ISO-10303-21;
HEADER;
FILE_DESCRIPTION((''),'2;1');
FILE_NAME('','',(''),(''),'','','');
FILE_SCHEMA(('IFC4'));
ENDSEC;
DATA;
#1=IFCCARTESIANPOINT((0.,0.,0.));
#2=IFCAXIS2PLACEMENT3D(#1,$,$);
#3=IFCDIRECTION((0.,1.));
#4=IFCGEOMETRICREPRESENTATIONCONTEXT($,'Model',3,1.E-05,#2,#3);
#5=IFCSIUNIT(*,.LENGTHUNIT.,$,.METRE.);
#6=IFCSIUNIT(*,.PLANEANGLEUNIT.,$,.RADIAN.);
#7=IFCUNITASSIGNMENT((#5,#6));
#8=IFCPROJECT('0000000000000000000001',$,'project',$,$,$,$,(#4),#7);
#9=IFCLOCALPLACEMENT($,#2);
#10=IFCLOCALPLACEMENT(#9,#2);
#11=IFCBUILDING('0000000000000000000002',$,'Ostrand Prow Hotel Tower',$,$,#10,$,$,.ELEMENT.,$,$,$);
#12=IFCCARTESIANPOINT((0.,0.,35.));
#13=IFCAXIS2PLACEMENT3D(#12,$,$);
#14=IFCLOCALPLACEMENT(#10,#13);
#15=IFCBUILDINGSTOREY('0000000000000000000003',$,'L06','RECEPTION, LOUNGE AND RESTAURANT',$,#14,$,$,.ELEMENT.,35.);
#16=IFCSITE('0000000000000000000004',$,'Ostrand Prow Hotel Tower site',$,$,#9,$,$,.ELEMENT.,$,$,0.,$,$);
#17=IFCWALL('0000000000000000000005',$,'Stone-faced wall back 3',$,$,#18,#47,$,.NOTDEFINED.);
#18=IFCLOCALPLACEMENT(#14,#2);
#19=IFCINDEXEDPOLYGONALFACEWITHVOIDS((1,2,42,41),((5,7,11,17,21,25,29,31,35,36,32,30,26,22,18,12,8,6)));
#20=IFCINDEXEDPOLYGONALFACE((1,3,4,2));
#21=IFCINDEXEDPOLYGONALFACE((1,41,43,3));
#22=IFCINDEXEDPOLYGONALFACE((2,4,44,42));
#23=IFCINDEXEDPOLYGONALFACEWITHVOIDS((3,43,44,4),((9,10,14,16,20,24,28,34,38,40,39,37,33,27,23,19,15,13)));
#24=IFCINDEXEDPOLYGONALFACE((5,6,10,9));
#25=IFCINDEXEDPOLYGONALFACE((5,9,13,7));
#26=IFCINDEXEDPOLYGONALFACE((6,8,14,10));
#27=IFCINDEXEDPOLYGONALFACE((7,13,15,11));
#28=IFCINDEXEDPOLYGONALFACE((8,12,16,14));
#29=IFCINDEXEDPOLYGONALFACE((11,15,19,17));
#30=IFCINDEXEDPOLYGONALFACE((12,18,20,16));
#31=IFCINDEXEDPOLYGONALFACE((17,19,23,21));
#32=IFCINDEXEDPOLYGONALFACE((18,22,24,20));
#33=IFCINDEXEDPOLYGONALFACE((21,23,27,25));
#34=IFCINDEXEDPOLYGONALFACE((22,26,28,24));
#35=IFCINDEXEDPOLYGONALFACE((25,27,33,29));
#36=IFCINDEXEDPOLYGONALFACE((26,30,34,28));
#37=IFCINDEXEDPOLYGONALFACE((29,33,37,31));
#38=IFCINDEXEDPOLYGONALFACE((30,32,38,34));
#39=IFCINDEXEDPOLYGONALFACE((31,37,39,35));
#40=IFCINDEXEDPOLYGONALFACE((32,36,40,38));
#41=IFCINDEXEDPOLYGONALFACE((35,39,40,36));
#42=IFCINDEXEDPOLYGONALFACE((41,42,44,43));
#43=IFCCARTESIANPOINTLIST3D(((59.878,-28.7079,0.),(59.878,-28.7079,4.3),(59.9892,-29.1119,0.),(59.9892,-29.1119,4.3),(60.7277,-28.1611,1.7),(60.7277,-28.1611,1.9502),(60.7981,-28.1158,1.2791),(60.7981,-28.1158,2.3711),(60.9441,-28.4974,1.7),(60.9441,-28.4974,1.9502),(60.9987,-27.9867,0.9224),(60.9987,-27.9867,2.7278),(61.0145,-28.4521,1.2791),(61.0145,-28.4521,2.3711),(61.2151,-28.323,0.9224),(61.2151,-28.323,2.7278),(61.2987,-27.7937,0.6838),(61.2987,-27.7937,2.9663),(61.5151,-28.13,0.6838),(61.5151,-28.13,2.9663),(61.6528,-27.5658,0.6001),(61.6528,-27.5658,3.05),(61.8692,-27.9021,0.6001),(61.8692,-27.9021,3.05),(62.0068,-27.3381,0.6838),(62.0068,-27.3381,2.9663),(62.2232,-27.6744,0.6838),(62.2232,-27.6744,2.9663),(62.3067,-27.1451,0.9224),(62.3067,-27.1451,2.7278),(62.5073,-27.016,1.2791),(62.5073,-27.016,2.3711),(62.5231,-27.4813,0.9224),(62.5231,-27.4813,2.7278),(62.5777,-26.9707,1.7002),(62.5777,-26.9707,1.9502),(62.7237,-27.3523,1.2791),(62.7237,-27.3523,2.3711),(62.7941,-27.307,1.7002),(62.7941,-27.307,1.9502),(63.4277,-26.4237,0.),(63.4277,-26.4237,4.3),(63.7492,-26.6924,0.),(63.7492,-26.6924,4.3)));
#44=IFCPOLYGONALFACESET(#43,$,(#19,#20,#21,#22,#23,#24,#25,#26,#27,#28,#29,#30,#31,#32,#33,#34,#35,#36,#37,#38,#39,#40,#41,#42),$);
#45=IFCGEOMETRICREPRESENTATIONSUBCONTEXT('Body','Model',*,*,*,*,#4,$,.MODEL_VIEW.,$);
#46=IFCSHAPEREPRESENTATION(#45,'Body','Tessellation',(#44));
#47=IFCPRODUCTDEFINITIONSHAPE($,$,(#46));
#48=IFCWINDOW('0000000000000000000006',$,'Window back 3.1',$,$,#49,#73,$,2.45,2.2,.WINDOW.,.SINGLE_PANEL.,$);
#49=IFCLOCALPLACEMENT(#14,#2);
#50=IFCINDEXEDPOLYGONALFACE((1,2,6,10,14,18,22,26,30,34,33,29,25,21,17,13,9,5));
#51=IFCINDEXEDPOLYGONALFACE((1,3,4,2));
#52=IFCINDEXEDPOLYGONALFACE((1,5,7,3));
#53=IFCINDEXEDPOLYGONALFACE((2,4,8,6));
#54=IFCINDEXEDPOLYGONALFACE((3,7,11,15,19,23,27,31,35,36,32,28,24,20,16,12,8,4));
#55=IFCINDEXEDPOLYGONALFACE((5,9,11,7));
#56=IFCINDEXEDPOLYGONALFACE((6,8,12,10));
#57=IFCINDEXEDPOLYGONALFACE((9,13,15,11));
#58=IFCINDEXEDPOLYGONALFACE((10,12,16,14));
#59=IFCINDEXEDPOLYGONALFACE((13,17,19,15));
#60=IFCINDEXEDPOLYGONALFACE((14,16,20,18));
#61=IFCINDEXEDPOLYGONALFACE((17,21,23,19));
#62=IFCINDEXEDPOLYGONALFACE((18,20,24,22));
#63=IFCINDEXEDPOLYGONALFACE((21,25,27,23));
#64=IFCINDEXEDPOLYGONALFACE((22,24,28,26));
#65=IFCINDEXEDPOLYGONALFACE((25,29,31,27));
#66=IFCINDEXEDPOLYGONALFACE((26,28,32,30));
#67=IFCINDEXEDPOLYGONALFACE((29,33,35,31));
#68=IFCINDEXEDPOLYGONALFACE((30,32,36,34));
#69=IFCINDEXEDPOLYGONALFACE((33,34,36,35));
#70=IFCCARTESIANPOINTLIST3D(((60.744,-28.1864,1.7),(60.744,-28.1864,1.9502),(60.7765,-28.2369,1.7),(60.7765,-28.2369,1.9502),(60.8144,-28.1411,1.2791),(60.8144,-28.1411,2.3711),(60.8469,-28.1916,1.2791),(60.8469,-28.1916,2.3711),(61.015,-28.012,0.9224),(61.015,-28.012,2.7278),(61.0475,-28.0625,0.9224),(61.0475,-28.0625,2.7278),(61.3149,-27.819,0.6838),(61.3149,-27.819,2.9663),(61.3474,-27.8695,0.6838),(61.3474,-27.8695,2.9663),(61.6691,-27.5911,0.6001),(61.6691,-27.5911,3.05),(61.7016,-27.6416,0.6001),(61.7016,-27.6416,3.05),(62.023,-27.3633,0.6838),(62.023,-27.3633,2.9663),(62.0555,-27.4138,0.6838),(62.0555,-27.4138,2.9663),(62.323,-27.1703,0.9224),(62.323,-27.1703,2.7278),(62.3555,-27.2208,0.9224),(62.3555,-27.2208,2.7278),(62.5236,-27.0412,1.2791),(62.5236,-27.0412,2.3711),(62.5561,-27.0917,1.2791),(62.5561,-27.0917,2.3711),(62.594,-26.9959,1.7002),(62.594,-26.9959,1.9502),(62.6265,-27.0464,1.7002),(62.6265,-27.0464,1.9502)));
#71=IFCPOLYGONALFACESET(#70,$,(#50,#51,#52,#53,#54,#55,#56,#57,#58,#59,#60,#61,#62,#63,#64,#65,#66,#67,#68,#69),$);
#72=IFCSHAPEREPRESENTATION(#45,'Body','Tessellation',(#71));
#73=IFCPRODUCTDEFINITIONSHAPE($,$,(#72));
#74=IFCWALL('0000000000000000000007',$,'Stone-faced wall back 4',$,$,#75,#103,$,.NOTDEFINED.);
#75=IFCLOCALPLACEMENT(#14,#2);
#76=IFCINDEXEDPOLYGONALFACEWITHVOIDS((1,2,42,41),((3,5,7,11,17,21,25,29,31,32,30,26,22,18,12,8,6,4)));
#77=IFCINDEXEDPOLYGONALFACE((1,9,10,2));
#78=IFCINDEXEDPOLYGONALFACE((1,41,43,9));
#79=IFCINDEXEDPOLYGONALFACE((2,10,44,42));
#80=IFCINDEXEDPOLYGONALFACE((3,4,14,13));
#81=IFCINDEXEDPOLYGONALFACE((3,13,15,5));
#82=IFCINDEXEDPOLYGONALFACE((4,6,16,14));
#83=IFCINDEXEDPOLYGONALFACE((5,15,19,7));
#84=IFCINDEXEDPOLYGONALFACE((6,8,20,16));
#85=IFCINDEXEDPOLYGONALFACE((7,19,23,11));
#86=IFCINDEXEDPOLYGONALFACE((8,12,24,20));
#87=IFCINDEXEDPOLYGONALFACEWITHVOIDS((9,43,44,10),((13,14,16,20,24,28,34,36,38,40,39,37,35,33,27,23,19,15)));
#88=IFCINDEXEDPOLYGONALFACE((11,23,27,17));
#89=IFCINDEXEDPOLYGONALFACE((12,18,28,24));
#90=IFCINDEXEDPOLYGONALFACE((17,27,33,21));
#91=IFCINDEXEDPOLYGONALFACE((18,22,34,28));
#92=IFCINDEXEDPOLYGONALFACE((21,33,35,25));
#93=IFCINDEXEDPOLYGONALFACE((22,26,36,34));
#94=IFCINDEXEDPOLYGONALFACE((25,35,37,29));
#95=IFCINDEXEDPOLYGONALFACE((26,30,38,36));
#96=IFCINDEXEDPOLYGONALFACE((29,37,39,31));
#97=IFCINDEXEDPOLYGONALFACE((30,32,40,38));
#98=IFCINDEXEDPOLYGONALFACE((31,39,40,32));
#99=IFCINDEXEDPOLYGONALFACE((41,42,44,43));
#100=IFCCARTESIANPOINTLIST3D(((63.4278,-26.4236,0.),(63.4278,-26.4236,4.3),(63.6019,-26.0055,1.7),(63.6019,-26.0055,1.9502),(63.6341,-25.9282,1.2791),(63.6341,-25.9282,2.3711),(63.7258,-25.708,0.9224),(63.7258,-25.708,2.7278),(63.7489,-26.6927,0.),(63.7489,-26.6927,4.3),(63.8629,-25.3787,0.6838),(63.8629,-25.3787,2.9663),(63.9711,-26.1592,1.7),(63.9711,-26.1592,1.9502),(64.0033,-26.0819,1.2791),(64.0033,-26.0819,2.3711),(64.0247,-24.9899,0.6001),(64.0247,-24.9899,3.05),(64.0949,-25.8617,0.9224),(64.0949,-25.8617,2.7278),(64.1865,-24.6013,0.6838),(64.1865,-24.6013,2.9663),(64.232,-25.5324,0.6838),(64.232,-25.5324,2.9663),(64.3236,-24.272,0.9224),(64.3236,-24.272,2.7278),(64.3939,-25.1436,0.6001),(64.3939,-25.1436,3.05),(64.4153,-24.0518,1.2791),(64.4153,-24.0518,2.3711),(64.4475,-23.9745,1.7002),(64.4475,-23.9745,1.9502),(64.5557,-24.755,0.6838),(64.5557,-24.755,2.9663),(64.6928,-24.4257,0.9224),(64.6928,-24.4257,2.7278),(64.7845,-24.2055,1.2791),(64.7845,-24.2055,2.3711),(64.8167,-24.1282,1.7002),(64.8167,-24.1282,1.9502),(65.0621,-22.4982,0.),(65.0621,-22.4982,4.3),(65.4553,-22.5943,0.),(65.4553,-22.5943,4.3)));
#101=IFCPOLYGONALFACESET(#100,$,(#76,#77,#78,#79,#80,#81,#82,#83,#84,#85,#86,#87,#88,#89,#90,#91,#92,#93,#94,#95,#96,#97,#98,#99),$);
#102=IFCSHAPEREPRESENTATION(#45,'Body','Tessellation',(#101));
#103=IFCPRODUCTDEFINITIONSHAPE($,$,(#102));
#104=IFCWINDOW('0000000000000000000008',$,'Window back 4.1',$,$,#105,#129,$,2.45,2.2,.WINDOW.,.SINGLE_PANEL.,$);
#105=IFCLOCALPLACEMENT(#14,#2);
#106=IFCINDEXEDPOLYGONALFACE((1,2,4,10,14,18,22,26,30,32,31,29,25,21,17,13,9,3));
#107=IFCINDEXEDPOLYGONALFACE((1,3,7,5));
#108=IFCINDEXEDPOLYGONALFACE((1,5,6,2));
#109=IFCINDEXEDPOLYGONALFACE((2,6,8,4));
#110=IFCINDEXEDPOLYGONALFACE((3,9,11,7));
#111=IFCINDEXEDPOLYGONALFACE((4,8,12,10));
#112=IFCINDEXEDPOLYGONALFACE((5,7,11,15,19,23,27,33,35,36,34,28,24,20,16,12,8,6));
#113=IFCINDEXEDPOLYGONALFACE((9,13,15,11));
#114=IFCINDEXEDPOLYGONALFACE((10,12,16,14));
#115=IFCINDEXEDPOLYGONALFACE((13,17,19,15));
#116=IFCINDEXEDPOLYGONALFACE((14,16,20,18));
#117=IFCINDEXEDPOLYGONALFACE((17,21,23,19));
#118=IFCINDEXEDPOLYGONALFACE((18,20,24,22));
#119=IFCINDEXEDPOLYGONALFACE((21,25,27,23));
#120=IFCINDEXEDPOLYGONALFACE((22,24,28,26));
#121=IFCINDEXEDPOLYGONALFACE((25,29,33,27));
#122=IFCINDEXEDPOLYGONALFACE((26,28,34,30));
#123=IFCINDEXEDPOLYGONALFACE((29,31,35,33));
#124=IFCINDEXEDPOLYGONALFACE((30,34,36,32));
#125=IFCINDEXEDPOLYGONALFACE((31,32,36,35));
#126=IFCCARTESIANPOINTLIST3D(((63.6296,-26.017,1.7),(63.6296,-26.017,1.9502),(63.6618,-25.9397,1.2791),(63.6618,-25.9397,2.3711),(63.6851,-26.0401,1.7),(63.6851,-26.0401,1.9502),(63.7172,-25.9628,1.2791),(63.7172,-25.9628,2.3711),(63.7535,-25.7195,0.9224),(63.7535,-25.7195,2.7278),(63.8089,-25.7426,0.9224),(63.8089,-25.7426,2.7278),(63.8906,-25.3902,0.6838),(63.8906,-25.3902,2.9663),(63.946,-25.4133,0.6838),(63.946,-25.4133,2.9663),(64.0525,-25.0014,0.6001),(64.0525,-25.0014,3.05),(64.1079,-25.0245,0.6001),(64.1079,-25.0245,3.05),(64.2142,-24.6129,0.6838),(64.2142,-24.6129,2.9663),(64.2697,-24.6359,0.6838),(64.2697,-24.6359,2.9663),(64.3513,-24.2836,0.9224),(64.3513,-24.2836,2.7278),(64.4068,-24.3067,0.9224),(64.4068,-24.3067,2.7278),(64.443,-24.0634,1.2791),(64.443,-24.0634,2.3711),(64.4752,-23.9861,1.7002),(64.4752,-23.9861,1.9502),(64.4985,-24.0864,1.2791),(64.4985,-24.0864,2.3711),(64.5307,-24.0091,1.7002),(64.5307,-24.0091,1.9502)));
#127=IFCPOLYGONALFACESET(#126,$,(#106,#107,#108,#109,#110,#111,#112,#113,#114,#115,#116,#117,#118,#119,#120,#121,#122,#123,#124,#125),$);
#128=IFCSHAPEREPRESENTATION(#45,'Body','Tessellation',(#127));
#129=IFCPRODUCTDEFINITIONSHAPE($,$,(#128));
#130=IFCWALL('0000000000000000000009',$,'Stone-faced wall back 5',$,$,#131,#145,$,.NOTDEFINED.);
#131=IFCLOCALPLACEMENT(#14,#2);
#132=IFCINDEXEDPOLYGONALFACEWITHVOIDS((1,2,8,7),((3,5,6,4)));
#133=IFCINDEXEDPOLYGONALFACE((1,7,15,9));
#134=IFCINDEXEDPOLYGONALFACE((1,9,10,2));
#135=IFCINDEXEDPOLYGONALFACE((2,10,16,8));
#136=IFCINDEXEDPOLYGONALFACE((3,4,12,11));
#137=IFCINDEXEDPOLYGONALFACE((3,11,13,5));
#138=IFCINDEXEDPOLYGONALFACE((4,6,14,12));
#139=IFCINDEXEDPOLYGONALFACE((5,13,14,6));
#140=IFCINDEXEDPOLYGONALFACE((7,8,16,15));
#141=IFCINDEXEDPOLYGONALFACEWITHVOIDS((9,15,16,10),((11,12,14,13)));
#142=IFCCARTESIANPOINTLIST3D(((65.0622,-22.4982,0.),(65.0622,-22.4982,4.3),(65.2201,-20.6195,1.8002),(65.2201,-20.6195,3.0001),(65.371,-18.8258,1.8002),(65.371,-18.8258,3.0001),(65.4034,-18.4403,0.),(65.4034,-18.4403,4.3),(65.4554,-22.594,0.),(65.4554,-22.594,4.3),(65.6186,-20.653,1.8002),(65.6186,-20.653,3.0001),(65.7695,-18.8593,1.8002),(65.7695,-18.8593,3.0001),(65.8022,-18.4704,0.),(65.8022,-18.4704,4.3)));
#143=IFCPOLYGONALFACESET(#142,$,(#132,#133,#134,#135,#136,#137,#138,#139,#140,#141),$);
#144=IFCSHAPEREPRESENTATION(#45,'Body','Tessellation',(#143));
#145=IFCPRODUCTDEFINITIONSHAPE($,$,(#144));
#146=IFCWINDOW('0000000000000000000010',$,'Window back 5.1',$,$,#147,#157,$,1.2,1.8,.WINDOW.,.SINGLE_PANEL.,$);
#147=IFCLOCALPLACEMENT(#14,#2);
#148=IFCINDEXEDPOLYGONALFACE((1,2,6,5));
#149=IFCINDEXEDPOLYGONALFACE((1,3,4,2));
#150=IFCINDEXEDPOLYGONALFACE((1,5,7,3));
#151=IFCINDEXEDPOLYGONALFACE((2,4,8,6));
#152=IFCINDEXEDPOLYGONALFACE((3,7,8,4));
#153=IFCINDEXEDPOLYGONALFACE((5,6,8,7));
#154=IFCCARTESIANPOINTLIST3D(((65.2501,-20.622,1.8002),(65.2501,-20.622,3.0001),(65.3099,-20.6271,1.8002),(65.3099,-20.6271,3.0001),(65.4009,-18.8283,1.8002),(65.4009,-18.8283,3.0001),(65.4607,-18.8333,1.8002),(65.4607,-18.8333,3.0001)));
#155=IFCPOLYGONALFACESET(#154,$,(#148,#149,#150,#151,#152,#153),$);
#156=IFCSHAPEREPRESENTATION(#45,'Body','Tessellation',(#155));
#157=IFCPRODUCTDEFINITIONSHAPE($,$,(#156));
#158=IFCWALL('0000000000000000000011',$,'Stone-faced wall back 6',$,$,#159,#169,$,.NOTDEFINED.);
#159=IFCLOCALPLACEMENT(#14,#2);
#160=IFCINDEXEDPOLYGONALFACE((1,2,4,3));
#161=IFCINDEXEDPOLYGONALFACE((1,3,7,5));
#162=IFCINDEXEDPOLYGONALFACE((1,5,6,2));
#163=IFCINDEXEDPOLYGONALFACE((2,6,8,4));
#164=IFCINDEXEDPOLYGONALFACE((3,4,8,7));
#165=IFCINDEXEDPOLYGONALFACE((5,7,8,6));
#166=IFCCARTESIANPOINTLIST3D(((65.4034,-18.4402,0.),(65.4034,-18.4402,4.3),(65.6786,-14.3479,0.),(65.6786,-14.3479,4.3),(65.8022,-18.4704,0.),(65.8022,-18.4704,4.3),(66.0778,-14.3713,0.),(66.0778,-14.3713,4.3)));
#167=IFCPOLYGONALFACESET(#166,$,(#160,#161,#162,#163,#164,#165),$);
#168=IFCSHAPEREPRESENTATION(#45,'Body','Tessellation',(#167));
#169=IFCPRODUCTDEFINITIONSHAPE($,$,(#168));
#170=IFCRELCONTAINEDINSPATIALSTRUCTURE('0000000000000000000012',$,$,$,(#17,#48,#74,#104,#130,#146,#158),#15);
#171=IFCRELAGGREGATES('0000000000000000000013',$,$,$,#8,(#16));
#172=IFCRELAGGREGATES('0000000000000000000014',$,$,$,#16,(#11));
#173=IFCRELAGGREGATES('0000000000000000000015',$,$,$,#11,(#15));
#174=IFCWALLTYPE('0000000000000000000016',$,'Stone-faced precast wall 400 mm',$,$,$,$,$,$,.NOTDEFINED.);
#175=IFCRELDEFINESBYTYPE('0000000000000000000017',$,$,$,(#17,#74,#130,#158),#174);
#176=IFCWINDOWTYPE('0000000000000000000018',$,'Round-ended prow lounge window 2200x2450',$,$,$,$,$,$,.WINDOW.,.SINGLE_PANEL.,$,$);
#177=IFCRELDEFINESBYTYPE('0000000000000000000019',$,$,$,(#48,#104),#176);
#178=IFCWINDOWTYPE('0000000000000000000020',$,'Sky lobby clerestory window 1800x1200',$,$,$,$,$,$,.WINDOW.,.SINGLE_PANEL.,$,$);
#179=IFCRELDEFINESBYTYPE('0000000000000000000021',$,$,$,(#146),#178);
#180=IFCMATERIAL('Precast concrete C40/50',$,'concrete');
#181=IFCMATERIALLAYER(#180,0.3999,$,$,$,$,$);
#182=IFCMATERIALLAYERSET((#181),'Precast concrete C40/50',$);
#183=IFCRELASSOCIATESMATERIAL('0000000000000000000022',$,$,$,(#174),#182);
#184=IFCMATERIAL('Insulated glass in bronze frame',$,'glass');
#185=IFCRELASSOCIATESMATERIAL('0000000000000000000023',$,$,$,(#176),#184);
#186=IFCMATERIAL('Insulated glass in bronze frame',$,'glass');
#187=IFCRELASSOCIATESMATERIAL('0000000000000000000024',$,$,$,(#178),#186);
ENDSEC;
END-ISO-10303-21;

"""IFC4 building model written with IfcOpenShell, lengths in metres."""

from ifc_helpers import new_model, si_unit, direction, frame, frame_2d, origin, place, context, subcontext, project, spatial, polyline, rectangle, outline, extrude, material, layer, layer_set, type_object, element, fill, save


model = new_model("IFC4")

# Units and contexts
model_context = context("Model", 3, precision=1e-05, world=origin(), true_north=direction((0.0, 1.0)))
body_context = subcontext(model_context, "Body", "Model", "MODEL_VIEW")
ifc_project = project(units=[si_unit("LENGTHUNIT", "METRE"), si_unit("PLANEANGLEUNIT", "RADIAN")], contexts=[model_context])

# Site, building, storey
site_placement = place(None, origin())
site = spatial("IfcSite", under=ifc_project, at=site_placement, Name="Ostrand Prow Hotel Tower site", CompositionType="ELEMENT", RefElevation=0.0)
building_placement = place(site_placement, origin())
building = spatial("IfcBuilding", under=site, at=building_placement, Name="Ostrand Prow Hotel Tower", CompositionType="ELEMENT")
storey_placement = place(building_placement, frame((0.0, 0.0, 35.0)))
storey = spatial("IfcBuildingStorey", under=building, at=storey_placement, Name="L06", Description="RECEPTION, LOUNGE AND RESTAURANT", CompositionType="ELEMENT", Elevation=35.0)

# Walls, openings, windows
ifc_material_1 = material(Name="Precast concrete C40/50", Category="concrete")
ifc_layer_1 = layer(ifc_material_1, 0.3999)
ifc_layer_set_1 = layer_set([ifc_layer_1], Name="Precast concrete C40/50")
wall_type_1 = type_object("IfcWallType", Name="Stone-faced precast wall 400 mm", PredefinedType="NOTDEFINED", material=ifc_layer_set_1)
ifc_material_2 = material(Name="Insulated glass in bronze frame", Category="glass")
window_type_1 = type_object("IfcWindowType", Name="Round-ended prow lounge window 2200x2450", PartitioningType="SINGLE_PANEL", PredefinedType="WINDOW", material=ifc_material_2)
wall_1_placement = place(storey_placement, frame((59.9336, -28.9099, 0.0), z_axis=(0.0, 0.0, 1.0), x_axis=(0.840937, 0.541132, 0.0)))
wall_1 = element("IfcWall", 1, at=wall_1_placement, inside=storey, type_object=wall_type_1, Name="Stone-faced wall back 3", PredefinedType="NOTDEFINED", context=body_context, shape_type="SweptSolid", body=[
    extrude(outline(polyline([(-0.0625, -0.2), (4.4087, -0.2), (4.2837, 0.2), (0.0625, 0.2), (-0.0625, -0.2)])), origin(), (0.0, 0.0, 1.0), 4.3),
])
opening_1_placement = place(wall_1_placement, frame((1.073, 0.0, 0.6001)))
opening_1 = element("IfcOpeningElement", 2, at=opening_1_placement, cuts=wall_1, PredefinedType="OPENING", context=body_context, shape_type="SweptSolid", body=[
    extrude(outline(polyline([(0.0, 1.3501), (0.0837, 1.771), (0.3223, 2.1277), (0.679, 2.3662), (1.1001, 2.45), (1.521, 2.3662), (1.8777, 2.1277), (2.1162, 1.771), (2.2, 1.3501), (2.2, 1.1001), (2.1162, 0.679), (1.8777, 0.3223), (1.521, 0.0837), (1.1001, 0.0), (0.679, 0.0837), (0.3223, 0.3223), (0.0837, 0.679), (0.0, 1.0999), (0.0, 1.3501)])), frame((0.0, 0.21, 0.0), z_axis=(0.0, -1.0, 0.0), x_axis=(1.0, 0.0, 0.0)), (0.0, 0.0, 1.0), 0.4199),
])
window_1_placement = place(opening_1_placement, origin())
window_1 = element("IfcWindow", 3, at=window_1_placement, inside=storey, type_object=window_type_1, Name="Window back 3.1", OverallHeight=2.45, OverallWidth=2.2, PartitioningType="SINGLE_PANEL", PredefinedType="WINDOW", context=body_context, shape_type="SweptSolid", body=[
    extrude(outline(polyline([(0.0, 1.3501), (0.0837, 1.771), (0.3223, 2.1277), (0.679, 2.3662), (1.1001, 2.45), (1.521, 2.3662), (1.8777, 2.1277), (2.1162, 1.771), (2.2, 1.3501), (2.2, 1.1001), (2.1162, 0.679), (1.8777, 0.3223), (1.521, 0.0837), (1.1001, 0.0), (0.679, 0.0837), (0.3223, 0.3223), (0.0837, 0.679), (0.0, 1.0999), (0.0, 1.3501)])), frame((0.0, 0.1699, 0.0), z_axis=(0.0, -1.0, 0.0), x_axis=(1.0, 0.0, 0.0)), (0.0, 0.0, 1.0), 0.0601),
])
fill(opening_1, window_1)
wall_2_placement = place(storey_placement, frame((63.5884, -26.5581, 0.0), z_axis=(0.0, 0.0, 1.0), x_axis=(0.384372, 0.923178, 0.0)))
wall_2 = element("IfcWall", 4, at=wall_2_placement, inside=storey, type_object=wall_type_1, Name="Stone-faced wall back 4", PredefinedType="NOTDEFINED", context=body_context, shape_type="SweptSolid", body=[
    extrude(outline(polyline([(-0.0625, -0.2), (4.377, -0.2), (4.3145, 0.2), (0.0625, 0.2), (-0.0625, -0.2)])), origin(), (0.0, 0.0, 1.0), 4.3),
])
opening_2_placement = place(wall_2_placement, frame((0.5154, 0.0, 0.6001)))
opening_2 = element("IfcOpeningElement", 5, at=opening_2_placement, cuts=wall_2, PredefinedType="OPENING", context=body_context, shape_type="SweptSolid", body=[
    extrude(outline(polyline([(0.0, 1.3501), (0.0837, 1.771), (0.3223, 2.1277), (0.679, 2.3662), (1.1001, 2.45), (1.521, 2.3662), (1.8777, 2.1277), (2.1162, 1.771), (2.2, 1.3501), (2.2, 1.1001), (2.1162, 0.679), (1.8777, 0.3223), (1.521, 0.0837), (1.1001, 0.0), (0.679, 0.0837), (0.3223, 0.3223), (0.0837, 0.679), (0.0, 1.0999), (0.0, 1.3501)])), frame((0.0, 0.21, 0.0), z_axis=(0.0, -1.0, 0.0), x_axis=(1.0, 0.0, 0.0)), (0.0, 0.0, 1.0), 0.4199),
])
window_2_placement = place(opening_2_placement, origin())
window_2 = element("IfcWindow", 6, at=window_2_placement, inside=storey, type_object=window_type_1, Name="Window back 4.1", OverallHeight=2.45, OverallWidth=2.2, PartitioningType="SINGLE_PANEL", PredefinedType="WINDOW", context=body_context, shape_type="SweptSolid", body=[
    extrude(outline(polyline([(0.0, 1.3501), (0.0837, 1.771), (0.3223, 2.1277), (0.679, 2.3662), (1.1001, 2.45), (1.521, 2.3662), (1.8777, 2.1277), (2.1162, 1.771), (2.2, 1.3501), (2.2, 1.1001), (2.1162, 0.679), (1.8777, 0.3223), (1.521, 0.0837), (1.1001, 0.0), (0.679, 0.0837), (0.3223, 0.3223), (0.0837, 0.679), (0.0, 1.0999), (0.0, 1.3501)])), frame((0.0, 0.1699, 0.0), z_axis=(0.0, -1.0, 0.0), x_axis=(1.0, 0.0, 0.0)), (0.0, 0.0, 1.0), 0.0601),
])
fill(opening_2, window_2)
wall_3_placement = place(storey_placement, frame((65.2588, -22.5461, 0.0), z_axis=(0.0, 0.0, 1.0), x_axis=(0.083794, 0.996483, 0.0)))
wall_3 = element("IfcWall", 7, at=wall_3_placement, inside=storey, type_object=wall_type_1, Name="Stone-faced wall back 5", PredefinedType="NOTDEFINED", context=body_context, shape_type="SweptSolid", body=[
    extrude(outline(polyline([(-0.0312, -0.2), (4.1069, -0.2), (4.1035, 0.2), (0.0312, 0.2), (-0.0312, -0.2)])), origin(), (0.0, 0.0, 1.0), 4.3),
])
opening_3_placement = place(wall_3_placement, frame((1.9167, 0.0, 1.8)))
opening_3 = element("IfcOpeningElement", 8, at=opening_3_placement, cuts=wall_3, PredefinedType="OPENING", context=body_context, shape_type="SweptSolid", body=[
    extrude(rectangle(XDim=1.8, YDim=1.2, at=frame_2d((0.8999, 0.6001))), frame((0.0, 0.21, 0.0), z_axis=(0.0, -1.0, 0.0), x_axis=(1.0, 0.0, 0.0)), (0.0, 0.0, 1.0), 0.4199),
])
ifc_material_3 = material(Name="Insulated glass in bronze frame", Category="glass")
window_type_2 = type_object("IfcWindowType", Name="Sky lobby clerestory window 1800x1200", PartitioningType="SINGLE_PANEL", PredefinedType="WINDOW", material=ifc_material_3)
window_3_placement = place(opening_3_placement, origin())
window_3 = element("IfcWindow", 9, at=window_3_placement, inside=storey, type_object=window_type_2, Name="Window back 5.1", OverallHeight=1.2, OverallWidth=1.8, PartitioningType="SINGLE_PANEL", PredefinedType="WINDOW", context=body_context, shape_type="SweptSolid", body=[
    extrude(rectangle(XDim=1.8, YDim=1.2, at=frame_2d((0.8999, 0.6001))), frame((0.0, 0.1699, 0.0), z_axis=(0.0, -1.0, 0.0), x_axis=(1.0, 0.0, 0.0)), (0.0, 0.0, 1.0), 0.0601),
])
fill(opening_3, window_3)

# Wall
wall_4_placement = place(storey_placement, frame((65.6028, -18.4553, 0.0), z_axis=(0.0, 0.0, 1.0), x_axis=(0.067087, 0.997747, 0.0)))
element("IfcWall", 10, at=wall_4_placement, inside=storey, type_object=wall_type_1, Name="Stone-faced wall back 6", PredefinedType="NOTDEFINED", context=body_context, shape_type="SweptSolid", body=[
    extrude(outline(polyline([(-0.0017, -0.2), (4.1067, -0.2), (4.1033, 0.2), (0.0017, 0.2), (-0.0017, -0.2)])), origin(), (0.0, 0.0, 1.0), 4.3),
])

save(model, "model.ifc")
